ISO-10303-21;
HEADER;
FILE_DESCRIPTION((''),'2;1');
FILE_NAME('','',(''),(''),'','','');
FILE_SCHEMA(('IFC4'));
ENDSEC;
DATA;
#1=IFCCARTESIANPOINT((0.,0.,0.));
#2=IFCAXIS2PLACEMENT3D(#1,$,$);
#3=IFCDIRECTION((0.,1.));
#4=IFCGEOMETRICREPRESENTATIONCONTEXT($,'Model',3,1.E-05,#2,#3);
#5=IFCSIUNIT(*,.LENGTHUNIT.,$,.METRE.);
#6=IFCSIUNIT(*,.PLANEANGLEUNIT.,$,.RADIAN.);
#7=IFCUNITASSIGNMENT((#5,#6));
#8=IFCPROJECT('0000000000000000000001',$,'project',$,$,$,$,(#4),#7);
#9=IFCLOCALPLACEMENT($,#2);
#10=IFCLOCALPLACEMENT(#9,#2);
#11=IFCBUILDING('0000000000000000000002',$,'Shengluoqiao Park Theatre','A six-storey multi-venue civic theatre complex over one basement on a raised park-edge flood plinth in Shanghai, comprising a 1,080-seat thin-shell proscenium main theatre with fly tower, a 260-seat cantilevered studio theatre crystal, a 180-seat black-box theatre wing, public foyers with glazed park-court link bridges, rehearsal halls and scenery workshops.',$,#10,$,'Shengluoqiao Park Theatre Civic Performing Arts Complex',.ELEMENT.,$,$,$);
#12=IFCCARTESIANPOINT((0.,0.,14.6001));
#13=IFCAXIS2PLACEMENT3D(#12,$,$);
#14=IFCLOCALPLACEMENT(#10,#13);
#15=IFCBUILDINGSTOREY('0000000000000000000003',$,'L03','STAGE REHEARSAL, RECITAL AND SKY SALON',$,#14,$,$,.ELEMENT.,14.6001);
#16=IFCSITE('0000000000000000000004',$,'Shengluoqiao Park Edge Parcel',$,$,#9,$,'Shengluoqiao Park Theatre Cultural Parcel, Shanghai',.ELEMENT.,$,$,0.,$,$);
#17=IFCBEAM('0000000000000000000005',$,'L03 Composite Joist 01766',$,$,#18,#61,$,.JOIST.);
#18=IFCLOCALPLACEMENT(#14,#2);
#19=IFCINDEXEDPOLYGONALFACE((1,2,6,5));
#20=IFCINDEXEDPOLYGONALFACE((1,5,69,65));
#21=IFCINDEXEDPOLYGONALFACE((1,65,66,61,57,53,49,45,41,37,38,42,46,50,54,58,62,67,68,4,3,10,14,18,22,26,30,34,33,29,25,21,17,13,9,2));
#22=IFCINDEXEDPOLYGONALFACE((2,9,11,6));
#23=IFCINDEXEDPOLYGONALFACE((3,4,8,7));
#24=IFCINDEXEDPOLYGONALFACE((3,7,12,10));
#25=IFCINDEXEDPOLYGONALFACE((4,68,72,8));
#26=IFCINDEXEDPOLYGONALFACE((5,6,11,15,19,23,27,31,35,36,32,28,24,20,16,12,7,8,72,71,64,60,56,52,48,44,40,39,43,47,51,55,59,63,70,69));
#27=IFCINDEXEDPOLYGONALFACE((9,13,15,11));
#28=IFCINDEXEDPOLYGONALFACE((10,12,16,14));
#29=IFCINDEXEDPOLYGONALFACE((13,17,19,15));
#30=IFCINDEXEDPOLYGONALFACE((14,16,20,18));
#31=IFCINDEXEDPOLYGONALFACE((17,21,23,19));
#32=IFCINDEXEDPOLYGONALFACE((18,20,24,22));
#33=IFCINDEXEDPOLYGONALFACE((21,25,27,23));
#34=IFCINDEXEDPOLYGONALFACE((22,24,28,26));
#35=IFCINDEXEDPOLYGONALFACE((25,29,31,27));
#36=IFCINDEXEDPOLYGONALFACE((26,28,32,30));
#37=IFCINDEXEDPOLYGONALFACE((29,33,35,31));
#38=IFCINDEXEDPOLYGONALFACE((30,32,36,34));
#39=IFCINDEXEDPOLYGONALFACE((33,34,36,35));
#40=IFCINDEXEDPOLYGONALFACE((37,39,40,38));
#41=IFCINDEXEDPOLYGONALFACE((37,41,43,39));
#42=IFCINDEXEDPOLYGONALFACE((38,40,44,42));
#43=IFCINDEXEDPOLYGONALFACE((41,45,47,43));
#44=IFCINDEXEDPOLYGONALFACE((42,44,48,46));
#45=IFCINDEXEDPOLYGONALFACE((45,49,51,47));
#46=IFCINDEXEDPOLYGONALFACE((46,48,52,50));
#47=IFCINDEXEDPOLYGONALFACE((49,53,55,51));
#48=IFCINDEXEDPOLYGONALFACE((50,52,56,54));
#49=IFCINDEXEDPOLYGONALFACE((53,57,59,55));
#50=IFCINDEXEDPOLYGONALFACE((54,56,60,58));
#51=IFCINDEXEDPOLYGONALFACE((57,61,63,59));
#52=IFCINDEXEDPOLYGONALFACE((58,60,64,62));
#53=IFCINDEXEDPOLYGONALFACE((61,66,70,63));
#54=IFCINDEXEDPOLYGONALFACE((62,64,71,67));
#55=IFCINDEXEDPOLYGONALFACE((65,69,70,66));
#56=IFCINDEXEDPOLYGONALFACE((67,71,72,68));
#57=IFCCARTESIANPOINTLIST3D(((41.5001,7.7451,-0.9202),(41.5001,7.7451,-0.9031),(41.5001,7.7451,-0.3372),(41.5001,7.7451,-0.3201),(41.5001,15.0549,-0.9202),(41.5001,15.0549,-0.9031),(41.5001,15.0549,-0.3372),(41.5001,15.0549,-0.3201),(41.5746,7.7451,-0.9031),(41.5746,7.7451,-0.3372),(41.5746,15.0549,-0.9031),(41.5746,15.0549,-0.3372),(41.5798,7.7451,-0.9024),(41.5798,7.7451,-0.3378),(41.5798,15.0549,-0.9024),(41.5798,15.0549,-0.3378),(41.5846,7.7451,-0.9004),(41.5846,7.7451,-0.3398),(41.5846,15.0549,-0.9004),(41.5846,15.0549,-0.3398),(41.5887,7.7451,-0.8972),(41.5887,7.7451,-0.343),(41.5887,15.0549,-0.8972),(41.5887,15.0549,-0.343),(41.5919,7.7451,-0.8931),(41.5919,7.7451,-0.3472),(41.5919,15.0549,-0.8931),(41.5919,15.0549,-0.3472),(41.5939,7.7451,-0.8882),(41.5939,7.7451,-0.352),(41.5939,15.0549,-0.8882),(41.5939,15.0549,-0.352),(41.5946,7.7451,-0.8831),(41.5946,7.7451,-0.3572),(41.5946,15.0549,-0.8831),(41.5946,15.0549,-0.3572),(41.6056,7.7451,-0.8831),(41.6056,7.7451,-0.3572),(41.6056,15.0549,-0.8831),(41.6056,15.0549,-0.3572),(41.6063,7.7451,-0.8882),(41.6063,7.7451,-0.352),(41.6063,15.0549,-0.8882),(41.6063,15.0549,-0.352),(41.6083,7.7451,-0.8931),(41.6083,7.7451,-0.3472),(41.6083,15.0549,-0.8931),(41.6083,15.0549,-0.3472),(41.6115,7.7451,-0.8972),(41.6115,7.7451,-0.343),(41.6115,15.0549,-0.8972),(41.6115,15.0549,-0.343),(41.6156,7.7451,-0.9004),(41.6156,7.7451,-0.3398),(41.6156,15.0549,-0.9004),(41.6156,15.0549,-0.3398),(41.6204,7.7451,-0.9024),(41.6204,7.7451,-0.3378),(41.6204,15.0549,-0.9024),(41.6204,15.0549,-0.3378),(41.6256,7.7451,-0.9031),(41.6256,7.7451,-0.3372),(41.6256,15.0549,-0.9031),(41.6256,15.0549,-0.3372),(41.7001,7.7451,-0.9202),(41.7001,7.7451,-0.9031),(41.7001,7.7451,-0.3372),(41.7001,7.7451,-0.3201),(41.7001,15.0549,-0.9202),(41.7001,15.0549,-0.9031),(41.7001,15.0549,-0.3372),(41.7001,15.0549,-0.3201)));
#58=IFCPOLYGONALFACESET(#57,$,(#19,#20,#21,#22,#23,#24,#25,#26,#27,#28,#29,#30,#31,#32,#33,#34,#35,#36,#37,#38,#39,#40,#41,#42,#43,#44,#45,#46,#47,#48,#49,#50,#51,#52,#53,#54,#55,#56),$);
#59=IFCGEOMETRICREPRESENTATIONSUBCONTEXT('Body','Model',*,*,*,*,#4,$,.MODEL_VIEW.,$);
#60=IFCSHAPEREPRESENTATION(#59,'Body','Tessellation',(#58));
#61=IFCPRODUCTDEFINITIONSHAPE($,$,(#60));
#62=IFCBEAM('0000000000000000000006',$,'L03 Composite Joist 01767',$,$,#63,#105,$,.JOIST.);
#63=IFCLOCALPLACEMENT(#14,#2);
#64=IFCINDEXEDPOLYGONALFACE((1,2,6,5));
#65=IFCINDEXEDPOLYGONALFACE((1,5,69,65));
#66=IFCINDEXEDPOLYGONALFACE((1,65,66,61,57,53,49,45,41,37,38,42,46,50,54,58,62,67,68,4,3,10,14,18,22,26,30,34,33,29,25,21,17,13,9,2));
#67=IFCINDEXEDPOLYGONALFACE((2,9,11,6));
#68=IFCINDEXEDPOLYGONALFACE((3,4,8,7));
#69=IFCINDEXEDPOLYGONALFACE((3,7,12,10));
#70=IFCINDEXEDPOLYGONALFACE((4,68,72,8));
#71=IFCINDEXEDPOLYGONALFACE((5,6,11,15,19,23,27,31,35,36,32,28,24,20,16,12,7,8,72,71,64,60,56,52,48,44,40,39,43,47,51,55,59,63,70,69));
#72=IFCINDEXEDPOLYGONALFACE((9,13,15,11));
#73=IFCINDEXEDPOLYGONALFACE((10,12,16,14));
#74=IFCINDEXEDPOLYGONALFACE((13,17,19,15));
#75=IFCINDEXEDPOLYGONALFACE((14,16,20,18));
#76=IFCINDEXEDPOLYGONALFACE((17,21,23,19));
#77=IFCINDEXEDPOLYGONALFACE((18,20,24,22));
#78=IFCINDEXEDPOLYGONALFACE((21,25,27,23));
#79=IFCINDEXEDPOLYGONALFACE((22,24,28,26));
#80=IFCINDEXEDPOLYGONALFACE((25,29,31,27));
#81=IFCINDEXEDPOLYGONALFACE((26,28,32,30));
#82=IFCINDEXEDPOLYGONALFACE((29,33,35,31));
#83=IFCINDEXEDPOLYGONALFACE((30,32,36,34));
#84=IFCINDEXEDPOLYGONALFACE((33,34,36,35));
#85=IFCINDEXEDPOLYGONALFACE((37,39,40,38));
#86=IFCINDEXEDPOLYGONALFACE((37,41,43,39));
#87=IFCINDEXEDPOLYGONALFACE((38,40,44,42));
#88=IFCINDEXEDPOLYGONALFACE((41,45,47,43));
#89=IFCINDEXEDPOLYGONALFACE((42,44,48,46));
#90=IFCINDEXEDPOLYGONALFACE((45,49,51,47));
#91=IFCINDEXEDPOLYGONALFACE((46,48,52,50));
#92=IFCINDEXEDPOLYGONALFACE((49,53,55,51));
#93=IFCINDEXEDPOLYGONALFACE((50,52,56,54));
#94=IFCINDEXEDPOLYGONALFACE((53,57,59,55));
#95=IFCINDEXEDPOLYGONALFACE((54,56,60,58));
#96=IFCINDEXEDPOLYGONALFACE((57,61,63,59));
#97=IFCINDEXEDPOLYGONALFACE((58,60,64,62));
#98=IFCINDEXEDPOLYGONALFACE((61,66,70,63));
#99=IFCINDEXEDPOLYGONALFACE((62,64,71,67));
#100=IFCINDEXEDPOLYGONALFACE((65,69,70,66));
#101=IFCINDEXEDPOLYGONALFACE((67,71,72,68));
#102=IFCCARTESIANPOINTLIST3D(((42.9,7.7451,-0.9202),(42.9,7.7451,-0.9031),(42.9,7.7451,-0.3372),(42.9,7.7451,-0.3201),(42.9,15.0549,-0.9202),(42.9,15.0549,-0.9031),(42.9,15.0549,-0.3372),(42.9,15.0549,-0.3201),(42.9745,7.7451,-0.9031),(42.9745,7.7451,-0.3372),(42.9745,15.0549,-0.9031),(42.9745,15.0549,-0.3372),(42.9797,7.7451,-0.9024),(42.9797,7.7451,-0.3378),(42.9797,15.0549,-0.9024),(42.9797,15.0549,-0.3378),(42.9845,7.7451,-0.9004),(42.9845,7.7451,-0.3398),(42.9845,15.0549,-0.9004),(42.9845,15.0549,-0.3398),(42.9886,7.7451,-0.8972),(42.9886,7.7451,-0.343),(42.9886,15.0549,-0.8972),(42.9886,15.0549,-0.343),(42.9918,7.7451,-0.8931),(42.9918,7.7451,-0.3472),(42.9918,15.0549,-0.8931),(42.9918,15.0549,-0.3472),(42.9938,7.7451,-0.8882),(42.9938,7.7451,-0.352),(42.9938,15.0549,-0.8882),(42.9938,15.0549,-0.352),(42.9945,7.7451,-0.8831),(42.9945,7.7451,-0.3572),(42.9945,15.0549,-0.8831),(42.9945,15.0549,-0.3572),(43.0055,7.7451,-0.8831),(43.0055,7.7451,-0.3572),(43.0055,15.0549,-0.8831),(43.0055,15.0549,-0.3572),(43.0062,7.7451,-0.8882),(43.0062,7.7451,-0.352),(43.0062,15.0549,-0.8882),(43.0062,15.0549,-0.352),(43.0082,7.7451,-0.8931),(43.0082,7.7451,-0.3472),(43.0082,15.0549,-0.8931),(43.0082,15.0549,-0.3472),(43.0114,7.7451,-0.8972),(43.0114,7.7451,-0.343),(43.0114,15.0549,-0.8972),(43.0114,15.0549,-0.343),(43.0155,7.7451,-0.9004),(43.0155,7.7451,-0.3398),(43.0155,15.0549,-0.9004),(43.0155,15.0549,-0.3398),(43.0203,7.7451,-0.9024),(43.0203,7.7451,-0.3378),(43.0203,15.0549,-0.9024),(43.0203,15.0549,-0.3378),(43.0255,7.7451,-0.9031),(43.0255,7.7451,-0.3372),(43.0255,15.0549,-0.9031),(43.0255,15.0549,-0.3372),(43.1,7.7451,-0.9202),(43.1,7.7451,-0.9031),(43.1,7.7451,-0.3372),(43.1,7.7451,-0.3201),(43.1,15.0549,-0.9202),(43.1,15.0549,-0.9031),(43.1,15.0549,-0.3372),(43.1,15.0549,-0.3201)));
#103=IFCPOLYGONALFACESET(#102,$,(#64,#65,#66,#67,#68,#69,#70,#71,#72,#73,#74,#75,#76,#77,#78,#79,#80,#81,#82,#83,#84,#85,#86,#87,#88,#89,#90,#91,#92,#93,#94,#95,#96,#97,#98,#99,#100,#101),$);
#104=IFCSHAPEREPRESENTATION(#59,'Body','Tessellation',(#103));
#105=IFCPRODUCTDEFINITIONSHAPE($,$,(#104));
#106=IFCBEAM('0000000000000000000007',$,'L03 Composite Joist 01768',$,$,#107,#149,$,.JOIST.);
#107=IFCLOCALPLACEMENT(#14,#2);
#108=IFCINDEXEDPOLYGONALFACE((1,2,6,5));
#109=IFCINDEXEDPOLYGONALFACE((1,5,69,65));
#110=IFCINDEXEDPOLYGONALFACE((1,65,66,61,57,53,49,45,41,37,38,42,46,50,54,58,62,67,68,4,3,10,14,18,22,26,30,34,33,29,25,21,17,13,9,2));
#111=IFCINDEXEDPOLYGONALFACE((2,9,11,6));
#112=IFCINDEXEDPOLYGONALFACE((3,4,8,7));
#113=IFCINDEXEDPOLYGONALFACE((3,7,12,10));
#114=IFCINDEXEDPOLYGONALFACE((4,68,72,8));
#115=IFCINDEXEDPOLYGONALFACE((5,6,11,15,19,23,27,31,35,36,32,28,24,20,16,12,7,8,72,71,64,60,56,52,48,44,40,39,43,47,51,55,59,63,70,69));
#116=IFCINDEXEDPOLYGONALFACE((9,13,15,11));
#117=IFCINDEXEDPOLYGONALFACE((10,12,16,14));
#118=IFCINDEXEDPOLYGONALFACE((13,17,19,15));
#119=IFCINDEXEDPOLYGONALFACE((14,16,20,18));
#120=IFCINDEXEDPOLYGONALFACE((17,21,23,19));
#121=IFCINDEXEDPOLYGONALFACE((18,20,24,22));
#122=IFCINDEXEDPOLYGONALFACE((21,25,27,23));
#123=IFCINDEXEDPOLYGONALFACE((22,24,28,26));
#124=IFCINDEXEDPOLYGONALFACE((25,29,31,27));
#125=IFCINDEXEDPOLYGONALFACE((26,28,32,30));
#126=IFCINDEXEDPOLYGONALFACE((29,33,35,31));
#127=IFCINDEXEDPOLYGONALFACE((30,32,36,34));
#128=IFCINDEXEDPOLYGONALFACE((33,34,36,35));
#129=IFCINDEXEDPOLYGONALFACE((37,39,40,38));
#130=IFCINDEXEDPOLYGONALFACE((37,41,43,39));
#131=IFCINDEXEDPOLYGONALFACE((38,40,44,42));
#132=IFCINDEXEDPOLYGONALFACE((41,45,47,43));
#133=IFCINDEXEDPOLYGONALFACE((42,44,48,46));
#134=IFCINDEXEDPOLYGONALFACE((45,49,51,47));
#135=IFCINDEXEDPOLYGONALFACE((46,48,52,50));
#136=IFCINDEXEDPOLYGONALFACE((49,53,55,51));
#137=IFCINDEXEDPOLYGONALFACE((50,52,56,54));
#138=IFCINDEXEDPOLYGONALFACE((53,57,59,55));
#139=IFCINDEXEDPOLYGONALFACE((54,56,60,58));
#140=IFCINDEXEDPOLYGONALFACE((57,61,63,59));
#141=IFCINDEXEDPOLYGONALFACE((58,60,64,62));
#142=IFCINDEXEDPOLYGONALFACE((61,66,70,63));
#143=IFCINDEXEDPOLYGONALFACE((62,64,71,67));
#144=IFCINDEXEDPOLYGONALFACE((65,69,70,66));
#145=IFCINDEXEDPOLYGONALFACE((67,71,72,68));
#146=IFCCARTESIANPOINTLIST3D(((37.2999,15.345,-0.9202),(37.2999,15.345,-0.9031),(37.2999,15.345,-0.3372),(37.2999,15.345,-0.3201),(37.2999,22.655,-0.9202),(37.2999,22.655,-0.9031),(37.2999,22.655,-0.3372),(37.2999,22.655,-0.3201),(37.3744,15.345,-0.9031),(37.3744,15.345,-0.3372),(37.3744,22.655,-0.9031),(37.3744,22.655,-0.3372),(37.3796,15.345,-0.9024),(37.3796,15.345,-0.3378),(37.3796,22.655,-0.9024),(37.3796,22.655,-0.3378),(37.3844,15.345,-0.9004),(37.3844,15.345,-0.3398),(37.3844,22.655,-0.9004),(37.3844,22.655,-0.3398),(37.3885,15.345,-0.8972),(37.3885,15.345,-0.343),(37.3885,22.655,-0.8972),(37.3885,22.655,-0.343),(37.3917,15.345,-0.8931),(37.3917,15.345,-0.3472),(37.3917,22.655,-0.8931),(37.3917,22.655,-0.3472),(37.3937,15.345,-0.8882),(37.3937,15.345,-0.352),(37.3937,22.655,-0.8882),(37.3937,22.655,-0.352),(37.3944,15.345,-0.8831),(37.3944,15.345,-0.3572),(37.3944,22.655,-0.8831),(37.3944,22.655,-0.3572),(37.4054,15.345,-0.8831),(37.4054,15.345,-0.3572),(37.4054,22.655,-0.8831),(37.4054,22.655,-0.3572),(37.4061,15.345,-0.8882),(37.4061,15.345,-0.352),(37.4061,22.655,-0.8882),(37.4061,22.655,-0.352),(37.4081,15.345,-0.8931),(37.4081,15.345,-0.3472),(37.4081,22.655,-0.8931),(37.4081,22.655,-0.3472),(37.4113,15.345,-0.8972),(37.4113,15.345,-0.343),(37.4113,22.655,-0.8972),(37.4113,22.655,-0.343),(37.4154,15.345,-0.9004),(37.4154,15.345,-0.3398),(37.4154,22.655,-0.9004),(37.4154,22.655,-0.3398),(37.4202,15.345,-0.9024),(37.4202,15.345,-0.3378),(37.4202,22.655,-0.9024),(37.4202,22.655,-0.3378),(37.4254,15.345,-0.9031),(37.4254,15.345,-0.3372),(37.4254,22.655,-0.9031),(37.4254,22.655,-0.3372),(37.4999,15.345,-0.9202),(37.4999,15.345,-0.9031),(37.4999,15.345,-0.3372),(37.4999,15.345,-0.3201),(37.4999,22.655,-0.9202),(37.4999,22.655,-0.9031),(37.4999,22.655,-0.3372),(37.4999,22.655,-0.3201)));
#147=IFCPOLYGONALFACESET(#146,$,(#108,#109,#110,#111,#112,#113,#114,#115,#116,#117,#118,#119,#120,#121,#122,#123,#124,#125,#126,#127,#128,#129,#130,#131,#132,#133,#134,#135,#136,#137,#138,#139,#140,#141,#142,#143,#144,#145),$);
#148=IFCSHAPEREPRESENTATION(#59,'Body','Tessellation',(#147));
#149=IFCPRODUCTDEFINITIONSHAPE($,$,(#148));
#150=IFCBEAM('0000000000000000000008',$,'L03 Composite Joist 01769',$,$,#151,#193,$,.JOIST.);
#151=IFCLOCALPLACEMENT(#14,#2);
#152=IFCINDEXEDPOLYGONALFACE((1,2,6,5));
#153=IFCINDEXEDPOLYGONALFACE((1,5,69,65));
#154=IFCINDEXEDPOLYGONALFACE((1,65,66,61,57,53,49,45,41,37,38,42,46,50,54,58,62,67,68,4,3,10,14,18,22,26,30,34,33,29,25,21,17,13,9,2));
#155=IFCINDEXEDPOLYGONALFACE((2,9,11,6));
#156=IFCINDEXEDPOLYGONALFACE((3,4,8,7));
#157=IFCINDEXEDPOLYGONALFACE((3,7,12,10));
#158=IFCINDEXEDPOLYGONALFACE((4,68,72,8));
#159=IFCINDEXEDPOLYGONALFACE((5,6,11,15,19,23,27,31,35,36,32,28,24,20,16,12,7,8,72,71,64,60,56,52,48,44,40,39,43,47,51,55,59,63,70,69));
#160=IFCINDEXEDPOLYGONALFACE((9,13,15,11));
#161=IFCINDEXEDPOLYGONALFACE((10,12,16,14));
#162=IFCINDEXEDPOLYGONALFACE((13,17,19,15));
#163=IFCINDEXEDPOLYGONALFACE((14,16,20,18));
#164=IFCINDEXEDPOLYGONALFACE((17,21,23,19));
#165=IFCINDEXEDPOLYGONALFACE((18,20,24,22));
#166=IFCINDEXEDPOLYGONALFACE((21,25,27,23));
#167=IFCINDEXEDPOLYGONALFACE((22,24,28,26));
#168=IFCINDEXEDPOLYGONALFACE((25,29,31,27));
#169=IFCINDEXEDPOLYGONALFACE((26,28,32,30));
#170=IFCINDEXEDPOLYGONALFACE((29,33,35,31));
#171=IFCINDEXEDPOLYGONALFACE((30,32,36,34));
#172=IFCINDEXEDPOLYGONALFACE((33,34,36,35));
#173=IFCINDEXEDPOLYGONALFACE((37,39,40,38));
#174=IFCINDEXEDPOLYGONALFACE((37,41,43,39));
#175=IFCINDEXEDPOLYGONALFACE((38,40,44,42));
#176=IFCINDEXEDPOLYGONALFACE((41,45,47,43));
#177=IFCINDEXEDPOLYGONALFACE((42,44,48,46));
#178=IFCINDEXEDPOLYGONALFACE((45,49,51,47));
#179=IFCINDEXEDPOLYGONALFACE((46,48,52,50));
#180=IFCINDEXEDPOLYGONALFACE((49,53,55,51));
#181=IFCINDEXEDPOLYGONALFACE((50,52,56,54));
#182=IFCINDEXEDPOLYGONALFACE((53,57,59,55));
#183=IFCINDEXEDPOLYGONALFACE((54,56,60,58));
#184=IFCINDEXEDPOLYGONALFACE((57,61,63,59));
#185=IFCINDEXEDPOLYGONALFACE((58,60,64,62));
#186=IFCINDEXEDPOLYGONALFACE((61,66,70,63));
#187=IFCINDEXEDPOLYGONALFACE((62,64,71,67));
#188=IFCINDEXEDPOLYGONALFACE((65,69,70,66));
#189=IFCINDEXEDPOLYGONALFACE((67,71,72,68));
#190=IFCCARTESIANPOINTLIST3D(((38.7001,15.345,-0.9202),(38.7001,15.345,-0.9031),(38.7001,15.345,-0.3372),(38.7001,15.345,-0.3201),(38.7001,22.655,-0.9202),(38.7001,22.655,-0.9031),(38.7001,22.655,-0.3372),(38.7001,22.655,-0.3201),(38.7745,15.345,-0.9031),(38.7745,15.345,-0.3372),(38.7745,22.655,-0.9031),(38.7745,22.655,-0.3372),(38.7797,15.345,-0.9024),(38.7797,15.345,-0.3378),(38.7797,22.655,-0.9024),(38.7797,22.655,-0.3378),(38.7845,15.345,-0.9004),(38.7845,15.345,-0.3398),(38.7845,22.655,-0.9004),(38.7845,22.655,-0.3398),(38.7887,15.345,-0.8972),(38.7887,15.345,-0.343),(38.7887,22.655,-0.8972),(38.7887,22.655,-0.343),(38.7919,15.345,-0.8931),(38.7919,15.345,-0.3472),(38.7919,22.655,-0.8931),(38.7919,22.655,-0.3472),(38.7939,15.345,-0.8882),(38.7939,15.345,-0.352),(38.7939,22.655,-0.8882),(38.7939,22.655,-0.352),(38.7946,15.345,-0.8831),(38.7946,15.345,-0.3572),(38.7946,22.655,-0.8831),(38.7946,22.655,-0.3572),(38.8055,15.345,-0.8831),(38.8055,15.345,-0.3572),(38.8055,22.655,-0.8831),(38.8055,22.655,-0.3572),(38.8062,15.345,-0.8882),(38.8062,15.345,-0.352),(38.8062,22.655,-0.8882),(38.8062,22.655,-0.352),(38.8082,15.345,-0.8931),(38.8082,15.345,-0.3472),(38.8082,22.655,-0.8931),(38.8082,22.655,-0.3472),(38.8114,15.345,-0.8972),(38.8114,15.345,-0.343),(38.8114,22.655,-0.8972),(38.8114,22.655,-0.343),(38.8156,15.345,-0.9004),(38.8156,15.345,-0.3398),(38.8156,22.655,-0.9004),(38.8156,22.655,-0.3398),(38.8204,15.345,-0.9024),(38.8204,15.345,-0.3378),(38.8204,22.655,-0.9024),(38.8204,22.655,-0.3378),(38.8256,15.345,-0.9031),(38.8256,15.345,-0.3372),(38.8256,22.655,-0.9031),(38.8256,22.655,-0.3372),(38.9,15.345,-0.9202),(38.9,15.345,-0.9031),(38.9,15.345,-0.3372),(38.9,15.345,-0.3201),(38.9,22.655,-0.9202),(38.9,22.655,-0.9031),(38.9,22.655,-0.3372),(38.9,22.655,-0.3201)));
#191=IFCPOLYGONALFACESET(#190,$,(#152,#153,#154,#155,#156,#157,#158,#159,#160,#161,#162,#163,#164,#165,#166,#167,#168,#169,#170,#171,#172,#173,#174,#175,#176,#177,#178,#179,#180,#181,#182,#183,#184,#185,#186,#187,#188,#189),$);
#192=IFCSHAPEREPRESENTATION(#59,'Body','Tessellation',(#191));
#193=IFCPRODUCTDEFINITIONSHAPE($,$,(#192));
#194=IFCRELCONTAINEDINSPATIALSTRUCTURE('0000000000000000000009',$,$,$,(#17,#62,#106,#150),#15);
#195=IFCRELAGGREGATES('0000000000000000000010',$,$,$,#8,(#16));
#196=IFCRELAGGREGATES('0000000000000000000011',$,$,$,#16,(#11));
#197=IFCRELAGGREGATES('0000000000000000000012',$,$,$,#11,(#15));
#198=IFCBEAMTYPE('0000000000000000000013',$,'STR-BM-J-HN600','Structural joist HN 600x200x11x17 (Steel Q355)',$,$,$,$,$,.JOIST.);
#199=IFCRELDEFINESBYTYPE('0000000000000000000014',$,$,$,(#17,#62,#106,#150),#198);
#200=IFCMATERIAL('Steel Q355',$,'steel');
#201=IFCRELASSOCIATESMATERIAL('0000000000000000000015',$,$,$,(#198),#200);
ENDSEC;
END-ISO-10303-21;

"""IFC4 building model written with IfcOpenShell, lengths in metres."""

from ifc_helpers import new_model, si_unit, direction, frame, origin, origin_2d, place, context, subcontext, project, spatial, i_section, extrude, material, material_profile, profile_set, type_object, element, save


model = new_model("IFC4")

# Units and contexts
model_context = context("Model", 3, precision=1e-05, world=origin(), true_north=direction((0.0, 1.0)))
body_context = subcontext(model_context, "Body", "Model", "MODEL_VIEW")
ifc_project = project(units=[si_unit("LENGTHUNIT", "METRE"), si_unit("PLANEANGLEUNIT", "RADIAN")], contexts=[model_context])

# Site, building, storey
site_placement = place(None, origin())
site = spatial("IfcSite", under=ifc_project, at=site_placement, Name="Shengluoqiao Park Edge Parcel", LongName="Shengluoqiao Park Theatre Cultural Parcel, Shanghai", CompositionType="ELEMENT", RefElevation=0.0)
building_placement = place(site_placement, origin())
building = spatial("IfcBuilding", under=site, at=building_placement, Name="Shengluoqiao Park Theatre", Description="A six-storey multi-venue civic theatre complex over one basement on a raised park-edge flood plinth in Shanghai, comprising a 1,080-seat thin-shell proscenium main theatre with fly tower, a 260-seat cantilevered studio theatre crystal, a 180-seat black-box theatre wing, public foyers with glazed park-court link bridges, rehearsal halls and scenery workshops.", LongName="Shengluoqiao Park Theatre Civic Performing Arts Complex", CompositionType="ELEMENT")
storey_placement = place(building_placement, frame((0.0, 0.0, 14.6001)))
storey = spatial("IfcBuildingStorey", under=building, at=storey_placement, Name="L03", Description="STAGE REHEARSAL, RECITAL AND SKY SALON", CompositionType="ELEMENT", Elevation=14.6001)

# Beams
ifc_material_1 = material(Name="Steel Q355", Category="steel")
ifc_material_profile_1 = material_profile(ifc_material_1, i_section(OverallWidth=0.2, OverallDepth=0.6001, WebThickness=0.011, FlangeThickness=0.0171, FilletRadius=0.02, at=origin_2d()), Name="HN 600x200x11x17")
ifc_profile_set_1 = profile_set([ifc_material_profile_1], Name="Steel Q355")
beam_type_1 = type_object("IfcBeamType", Name="STR-BM-J-HN600", Description="Structural joist HN 600x200x11x17 (Steel Q355)", PredefinedType="JOIST", material=ifc_profile_set_1)
for number, where, z_axis, x_axis, name in (
    (1, (41.6001, 7.7451, -0.6201), (0.0, 1.0, 0.0), (-1.0, 0.0, 0.0), "L03 Composite Joist 01766"),
    (2, (43.0, 7.7451, -0.6201), (0.0, 1.0, 0.0), (-1.0, 0.0, 0.0), "L03 Composite Joist 01767"),
):
    element("IfcBeam", number, at=place(storey_placement, frame(where, z_axis=z_axis, x_axis=x_axis)), inside=storey, type_object=beam_type_1, Name=name, PredefinedType="JOIST", context=body_context, shape_type="SweptSolid", body=[
        extrude(i_section(OverallWidth=0.2, OverallDepth=0.6001, WebThickness=0.011, FlangeThickness=0.0171, FilletRadius=0.02, at=origin_2d()), origin(), (0.0, 0.0, 1.0), 7.3098),
    ])
for number, where, z_axis, x_axis, name in (
    (3, (37.3999, 15.345, -0.6201), (0.0, 1.0, 0.0), (-1.0, 0.0, 0.0), "L03 Composite Joist 01768"),
    (4, (38.8, 15.345, -0.6201), (0.0, 1.0, 0.0), (-1.0, 0.0, 0.0), "L03 Composite Joist 01769"),
):
    element("IfcBeam", number, at=place(storey_placement, frame(where, z_axis=z_axis, x_axis=x_axis)), inside=storey, type_object=beam_type_1, Name=name, PredefinedType="JOIST", context=body_context, shape_type="SweptSolid", body=[
        extrude(i_section(OverallWidth=0.2, OverallDepth=0.6001, WebThickness=0.011, FlangeThickness=0.0171, FilletRadius=0.02, at=origin_2d()), origin(), (0.0, 0.0, 1.0), 7.3101),
    ])

save(model, "model.ifc")
